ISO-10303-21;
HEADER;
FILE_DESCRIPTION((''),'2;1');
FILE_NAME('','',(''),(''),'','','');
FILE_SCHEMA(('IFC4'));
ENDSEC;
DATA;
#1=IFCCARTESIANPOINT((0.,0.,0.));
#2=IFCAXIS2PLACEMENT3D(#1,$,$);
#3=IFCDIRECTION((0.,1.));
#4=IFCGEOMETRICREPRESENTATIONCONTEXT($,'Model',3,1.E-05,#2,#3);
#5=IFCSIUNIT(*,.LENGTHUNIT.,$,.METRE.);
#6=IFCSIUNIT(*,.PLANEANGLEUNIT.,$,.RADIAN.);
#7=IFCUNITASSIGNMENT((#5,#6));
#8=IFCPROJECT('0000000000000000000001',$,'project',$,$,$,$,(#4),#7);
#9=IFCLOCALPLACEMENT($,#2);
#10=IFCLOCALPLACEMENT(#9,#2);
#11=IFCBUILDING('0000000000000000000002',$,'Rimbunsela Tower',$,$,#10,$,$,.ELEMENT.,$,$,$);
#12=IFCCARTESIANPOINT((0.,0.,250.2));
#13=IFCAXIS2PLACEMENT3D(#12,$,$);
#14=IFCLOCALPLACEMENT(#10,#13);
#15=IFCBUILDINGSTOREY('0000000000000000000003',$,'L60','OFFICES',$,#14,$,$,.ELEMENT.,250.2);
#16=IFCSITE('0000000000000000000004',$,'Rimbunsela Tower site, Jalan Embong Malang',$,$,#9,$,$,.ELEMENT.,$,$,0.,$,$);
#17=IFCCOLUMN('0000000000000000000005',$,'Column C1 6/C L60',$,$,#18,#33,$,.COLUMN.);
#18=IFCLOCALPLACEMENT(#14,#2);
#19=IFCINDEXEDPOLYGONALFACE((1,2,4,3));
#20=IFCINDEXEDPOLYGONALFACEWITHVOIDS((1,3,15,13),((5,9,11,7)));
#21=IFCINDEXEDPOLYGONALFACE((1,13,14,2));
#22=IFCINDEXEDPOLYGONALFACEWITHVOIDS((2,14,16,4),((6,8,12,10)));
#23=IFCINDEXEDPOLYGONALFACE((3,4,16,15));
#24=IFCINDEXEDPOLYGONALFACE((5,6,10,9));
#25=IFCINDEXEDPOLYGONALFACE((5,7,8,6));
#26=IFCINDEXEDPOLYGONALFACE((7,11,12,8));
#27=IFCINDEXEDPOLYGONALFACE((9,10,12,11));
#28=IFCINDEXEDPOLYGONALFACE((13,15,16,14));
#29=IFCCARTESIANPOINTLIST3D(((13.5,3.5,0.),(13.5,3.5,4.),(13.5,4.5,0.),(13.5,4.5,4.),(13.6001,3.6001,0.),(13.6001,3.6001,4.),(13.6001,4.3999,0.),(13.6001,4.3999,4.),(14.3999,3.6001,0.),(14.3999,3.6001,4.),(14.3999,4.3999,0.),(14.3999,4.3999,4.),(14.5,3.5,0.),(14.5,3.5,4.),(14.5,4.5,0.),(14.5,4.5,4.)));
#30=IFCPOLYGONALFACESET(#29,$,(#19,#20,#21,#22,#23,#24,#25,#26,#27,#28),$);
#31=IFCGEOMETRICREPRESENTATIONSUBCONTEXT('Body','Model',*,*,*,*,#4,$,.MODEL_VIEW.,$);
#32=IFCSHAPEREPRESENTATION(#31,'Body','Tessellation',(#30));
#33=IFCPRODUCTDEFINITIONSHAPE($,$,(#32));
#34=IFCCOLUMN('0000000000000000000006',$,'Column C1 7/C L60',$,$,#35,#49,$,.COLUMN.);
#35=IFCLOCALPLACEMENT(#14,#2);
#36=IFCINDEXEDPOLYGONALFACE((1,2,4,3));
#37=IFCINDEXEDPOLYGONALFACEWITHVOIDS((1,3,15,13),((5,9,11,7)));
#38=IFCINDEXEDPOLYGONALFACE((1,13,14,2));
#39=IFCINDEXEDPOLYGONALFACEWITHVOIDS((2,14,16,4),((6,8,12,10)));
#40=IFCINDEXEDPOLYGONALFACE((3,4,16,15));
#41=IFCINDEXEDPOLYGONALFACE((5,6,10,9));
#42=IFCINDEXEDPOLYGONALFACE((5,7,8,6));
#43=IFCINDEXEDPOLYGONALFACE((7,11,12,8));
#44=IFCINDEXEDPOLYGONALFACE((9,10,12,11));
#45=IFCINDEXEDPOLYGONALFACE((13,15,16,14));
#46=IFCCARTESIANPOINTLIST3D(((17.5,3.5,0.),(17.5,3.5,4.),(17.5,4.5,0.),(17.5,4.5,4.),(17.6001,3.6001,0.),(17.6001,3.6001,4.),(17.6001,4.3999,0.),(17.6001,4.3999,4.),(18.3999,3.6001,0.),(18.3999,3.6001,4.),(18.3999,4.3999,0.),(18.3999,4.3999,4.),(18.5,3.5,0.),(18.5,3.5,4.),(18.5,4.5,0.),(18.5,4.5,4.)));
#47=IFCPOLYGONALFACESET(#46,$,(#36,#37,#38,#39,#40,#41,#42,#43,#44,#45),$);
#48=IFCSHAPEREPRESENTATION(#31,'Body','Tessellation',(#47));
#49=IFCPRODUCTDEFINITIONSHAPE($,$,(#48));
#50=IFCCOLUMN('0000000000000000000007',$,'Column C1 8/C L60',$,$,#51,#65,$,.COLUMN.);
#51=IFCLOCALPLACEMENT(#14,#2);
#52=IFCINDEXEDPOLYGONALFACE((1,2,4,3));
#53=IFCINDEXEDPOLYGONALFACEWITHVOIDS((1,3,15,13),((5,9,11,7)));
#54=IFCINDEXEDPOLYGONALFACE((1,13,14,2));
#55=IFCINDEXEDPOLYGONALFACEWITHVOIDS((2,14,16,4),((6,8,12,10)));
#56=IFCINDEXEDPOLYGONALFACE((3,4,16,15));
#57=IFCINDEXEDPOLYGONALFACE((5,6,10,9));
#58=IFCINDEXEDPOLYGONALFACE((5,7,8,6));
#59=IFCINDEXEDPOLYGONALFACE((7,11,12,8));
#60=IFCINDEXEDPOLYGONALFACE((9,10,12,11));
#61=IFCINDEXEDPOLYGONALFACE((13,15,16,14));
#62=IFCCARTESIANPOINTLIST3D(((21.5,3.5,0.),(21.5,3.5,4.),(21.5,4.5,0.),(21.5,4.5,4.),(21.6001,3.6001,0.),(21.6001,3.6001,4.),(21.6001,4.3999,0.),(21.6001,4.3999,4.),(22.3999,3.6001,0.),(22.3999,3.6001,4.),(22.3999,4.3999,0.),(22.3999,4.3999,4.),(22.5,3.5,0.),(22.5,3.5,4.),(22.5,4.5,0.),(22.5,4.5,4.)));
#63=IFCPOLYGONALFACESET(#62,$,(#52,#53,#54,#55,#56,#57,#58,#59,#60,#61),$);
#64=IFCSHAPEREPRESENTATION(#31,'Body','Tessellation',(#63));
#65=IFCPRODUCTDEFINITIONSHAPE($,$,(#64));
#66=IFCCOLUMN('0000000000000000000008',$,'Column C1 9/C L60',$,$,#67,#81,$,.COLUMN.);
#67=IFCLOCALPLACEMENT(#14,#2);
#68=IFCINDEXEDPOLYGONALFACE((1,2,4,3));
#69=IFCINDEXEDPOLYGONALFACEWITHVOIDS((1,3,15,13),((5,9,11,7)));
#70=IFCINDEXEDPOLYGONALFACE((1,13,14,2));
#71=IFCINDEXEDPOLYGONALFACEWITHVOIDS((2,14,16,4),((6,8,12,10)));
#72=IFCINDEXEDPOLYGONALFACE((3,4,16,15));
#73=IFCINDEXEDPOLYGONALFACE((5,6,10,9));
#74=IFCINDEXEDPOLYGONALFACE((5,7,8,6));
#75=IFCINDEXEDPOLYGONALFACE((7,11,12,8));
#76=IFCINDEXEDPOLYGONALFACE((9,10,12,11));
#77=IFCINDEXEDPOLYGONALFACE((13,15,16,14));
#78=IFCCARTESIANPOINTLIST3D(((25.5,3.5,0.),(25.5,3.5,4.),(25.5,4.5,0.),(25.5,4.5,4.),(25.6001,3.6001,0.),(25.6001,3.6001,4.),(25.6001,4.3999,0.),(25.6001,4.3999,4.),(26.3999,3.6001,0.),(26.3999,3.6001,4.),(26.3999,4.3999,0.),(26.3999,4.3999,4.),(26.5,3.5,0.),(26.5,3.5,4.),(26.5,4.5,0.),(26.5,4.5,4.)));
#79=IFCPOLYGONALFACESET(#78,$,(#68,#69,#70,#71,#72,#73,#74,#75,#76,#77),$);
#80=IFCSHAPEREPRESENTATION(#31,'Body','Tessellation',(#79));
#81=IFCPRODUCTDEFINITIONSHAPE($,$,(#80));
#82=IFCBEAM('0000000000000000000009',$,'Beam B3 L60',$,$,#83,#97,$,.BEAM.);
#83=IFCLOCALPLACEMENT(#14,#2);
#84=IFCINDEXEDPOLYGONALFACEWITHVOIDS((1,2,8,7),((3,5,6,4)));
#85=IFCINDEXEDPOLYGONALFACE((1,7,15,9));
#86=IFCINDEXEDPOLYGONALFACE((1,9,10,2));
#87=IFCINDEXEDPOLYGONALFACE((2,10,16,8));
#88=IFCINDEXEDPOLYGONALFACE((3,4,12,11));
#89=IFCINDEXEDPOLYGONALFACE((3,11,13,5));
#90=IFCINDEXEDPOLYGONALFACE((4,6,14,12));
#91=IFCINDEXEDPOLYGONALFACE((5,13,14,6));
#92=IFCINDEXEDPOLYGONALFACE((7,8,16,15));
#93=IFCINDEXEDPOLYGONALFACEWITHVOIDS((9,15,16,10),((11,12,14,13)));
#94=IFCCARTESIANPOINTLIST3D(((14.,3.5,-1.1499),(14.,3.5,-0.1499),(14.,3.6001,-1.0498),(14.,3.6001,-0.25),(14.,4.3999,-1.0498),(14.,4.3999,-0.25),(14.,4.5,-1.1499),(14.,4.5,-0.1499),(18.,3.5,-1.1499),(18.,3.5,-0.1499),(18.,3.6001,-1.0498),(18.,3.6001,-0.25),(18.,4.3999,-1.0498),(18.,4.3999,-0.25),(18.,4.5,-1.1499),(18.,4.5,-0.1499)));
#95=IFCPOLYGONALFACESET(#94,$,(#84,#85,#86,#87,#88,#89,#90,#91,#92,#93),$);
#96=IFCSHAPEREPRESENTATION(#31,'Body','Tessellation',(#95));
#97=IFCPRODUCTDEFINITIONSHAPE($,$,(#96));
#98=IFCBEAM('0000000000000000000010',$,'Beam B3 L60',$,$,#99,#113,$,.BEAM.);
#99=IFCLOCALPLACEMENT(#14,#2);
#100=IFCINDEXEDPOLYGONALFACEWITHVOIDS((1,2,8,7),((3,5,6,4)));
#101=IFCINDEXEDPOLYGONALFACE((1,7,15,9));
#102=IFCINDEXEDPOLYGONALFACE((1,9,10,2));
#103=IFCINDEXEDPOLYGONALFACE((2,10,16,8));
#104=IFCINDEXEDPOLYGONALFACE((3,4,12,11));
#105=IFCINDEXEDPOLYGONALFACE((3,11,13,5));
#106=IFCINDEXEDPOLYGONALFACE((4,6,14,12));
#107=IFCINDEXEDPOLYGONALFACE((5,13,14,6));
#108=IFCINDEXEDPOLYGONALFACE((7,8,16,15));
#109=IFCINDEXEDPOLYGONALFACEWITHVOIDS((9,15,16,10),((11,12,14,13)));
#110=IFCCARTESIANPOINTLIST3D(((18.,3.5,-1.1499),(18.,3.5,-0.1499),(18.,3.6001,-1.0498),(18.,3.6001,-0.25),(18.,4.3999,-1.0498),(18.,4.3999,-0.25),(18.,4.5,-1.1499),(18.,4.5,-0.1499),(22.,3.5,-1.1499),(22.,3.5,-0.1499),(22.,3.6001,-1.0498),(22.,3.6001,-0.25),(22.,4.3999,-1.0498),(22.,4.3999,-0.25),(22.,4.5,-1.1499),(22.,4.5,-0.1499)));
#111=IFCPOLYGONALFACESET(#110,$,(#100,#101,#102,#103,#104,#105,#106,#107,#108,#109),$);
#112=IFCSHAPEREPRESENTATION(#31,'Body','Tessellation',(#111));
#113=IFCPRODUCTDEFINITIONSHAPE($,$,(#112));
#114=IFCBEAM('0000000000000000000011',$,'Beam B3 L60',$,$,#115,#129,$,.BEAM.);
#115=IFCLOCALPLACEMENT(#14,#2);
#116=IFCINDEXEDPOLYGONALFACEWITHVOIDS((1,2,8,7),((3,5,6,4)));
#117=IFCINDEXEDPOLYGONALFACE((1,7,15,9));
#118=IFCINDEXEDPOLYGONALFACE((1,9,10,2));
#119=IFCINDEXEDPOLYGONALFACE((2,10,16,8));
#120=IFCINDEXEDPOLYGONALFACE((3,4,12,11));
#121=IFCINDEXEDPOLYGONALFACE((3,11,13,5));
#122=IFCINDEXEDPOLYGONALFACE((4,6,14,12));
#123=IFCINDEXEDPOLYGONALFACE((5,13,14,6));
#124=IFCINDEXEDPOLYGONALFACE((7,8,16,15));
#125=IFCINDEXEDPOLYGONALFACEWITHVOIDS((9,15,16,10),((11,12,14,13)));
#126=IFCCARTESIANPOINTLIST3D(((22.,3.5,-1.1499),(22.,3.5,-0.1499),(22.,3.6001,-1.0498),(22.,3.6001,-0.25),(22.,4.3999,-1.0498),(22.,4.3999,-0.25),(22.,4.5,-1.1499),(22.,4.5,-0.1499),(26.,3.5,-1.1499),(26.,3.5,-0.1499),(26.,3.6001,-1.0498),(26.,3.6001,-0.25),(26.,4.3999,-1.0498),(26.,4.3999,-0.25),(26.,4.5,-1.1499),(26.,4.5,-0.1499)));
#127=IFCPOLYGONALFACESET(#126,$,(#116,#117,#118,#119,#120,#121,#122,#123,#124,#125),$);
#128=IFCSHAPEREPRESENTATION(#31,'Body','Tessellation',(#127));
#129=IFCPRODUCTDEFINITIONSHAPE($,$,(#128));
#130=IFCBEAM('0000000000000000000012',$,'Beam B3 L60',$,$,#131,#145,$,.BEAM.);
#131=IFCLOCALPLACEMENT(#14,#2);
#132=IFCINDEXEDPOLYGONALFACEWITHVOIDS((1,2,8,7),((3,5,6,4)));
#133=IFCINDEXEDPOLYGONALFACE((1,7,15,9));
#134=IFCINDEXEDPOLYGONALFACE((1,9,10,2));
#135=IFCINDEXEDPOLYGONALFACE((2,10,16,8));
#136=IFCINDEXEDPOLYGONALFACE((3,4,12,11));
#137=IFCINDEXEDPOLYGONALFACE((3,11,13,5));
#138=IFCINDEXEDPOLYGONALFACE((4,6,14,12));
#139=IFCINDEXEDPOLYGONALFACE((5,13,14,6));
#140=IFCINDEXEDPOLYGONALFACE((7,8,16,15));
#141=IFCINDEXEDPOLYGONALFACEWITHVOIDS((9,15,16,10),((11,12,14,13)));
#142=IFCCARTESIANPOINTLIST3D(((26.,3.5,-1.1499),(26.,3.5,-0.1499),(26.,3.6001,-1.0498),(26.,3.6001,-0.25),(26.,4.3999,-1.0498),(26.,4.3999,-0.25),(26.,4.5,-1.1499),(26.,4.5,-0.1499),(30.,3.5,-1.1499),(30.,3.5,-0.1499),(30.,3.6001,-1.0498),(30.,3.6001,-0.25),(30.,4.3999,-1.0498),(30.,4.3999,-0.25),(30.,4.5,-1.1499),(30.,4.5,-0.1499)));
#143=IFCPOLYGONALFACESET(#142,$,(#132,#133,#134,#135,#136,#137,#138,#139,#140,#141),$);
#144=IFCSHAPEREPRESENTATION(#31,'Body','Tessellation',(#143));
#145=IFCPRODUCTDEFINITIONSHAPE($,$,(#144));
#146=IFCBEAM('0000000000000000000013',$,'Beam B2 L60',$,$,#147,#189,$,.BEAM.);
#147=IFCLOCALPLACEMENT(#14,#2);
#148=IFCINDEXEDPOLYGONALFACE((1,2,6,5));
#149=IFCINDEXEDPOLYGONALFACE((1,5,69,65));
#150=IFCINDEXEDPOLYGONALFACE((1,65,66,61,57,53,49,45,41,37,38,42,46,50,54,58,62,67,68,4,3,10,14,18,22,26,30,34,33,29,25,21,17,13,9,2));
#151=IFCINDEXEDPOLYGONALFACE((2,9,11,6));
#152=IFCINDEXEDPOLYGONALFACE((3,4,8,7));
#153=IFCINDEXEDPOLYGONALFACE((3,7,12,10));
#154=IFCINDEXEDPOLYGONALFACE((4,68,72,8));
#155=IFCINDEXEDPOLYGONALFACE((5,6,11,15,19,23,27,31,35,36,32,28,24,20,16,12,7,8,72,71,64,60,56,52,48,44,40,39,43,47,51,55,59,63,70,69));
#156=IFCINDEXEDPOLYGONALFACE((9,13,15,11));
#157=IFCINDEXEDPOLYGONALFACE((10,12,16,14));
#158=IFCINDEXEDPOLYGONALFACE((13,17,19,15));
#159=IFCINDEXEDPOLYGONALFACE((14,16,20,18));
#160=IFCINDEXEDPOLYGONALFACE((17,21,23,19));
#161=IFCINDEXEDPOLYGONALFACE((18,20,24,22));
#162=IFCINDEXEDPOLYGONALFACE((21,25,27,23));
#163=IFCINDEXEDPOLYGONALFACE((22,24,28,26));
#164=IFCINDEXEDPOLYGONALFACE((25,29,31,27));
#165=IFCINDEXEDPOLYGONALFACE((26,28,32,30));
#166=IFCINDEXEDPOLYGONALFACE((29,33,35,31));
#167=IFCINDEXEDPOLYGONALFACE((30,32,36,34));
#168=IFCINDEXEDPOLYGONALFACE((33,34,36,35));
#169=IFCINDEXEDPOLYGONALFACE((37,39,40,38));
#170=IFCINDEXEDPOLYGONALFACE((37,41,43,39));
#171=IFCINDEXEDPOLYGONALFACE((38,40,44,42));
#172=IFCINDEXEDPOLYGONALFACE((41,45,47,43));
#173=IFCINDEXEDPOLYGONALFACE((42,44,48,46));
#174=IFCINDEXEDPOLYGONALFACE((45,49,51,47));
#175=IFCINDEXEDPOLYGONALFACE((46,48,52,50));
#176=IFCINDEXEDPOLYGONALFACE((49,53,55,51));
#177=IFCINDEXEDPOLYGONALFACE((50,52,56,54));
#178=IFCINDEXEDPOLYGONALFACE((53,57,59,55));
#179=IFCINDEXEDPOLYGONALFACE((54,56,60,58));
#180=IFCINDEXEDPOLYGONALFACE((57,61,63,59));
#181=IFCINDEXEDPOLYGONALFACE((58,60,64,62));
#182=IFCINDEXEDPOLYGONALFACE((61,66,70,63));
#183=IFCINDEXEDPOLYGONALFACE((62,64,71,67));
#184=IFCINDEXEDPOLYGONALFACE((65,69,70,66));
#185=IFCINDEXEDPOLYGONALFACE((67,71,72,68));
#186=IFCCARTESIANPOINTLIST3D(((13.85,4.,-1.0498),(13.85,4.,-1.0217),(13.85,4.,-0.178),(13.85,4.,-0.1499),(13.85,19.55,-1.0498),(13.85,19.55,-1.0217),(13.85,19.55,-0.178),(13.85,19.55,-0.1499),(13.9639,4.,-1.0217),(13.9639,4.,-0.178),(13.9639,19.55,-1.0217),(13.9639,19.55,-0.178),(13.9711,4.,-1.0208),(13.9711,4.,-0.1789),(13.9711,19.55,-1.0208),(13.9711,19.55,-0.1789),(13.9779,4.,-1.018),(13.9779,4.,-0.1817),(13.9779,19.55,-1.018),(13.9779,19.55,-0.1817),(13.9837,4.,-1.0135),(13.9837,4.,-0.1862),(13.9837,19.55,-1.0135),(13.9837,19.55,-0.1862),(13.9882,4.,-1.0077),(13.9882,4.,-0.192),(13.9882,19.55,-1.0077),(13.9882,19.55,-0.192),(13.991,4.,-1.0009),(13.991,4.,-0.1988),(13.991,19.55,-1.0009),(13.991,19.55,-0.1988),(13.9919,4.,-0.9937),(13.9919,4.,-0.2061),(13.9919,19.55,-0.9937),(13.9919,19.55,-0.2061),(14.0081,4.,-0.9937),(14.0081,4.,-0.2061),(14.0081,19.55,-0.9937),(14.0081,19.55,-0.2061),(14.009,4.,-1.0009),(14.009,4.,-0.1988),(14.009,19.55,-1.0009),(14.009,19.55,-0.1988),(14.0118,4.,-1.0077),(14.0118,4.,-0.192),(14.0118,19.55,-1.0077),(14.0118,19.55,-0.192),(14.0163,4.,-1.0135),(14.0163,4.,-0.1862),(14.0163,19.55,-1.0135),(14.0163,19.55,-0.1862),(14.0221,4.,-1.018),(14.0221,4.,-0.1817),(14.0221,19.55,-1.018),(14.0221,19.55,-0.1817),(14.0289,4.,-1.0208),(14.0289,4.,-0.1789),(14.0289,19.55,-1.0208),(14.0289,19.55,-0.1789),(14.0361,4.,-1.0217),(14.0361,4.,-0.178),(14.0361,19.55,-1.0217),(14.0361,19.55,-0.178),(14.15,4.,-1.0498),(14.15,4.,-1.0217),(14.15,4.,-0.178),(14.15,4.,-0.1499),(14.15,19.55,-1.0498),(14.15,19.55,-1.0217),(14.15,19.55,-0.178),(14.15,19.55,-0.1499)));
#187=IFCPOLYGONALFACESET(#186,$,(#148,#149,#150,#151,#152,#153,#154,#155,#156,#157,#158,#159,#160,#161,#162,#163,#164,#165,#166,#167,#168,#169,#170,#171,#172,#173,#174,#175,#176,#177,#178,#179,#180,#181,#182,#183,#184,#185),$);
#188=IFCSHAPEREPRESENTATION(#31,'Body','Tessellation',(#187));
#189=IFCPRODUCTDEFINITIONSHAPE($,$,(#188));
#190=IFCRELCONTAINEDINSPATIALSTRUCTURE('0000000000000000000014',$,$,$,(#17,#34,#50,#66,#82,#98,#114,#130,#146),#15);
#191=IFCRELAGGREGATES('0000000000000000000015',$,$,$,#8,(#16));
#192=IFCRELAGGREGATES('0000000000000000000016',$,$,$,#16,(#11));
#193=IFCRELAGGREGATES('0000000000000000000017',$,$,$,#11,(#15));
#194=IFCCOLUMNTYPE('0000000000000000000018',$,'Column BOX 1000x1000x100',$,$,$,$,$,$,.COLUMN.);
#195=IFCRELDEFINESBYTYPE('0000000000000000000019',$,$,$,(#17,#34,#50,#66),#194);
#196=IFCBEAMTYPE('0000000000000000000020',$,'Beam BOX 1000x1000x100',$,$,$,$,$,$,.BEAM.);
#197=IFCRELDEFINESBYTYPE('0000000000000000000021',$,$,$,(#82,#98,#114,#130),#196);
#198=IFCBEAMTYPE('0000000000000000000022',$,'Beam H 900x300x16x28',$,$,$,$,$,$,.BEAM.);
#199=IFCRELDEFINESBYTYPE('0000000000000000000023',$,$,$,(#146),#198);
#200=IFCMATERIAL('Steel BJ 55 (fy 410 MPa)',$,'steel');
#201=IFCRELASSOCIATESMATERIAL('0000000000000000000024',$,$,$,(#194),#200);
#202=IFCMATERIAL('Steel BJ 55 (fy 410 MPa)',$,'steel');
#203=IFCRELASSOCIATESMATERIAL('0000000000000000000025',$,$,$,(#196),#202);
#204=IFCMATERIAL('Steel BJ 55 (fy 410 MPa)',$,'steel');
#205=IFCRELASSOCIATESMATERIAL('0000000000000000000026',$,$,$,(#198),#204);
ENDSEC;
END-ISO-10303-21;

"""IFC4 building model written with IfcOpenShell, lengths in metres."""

from ifc_helpers import new_model, si_unit, direction, frame, origin, origin_2d, place, context, subcontext, project, spatial, hollow_rectangle, i_section, extrude, material, material_profile, profile_set, type_object, element, save


model = new_model("IFC4")

# Units and contexts
model_context = context("Model", 3, precision=1e-05, world=origin(), true_north=direction((0.0, 1.0)))
body_context = subcontext(model_context, "Body", "Model", "MODEL_VIEW")
ifc_project = project(units=[si_unit("LENGTHUNIT", "METRE"), si_unit("PLANEANGLEUNIT", "RADIAN")], contexts=[model_context])

# Site, building, storey
site_placement = place(None, origin())
site = spatial("IfcSite", under=ifc_project, at=site_placement, Name="Rimbunsela Tower site, Jalan Embong Malang", CompositionType="ELEMENT", RefElevation=0.0)
building_placement = place(site_placement, origin())
building = spatial("IfcBuilding", under=site, at=building_placement, Name="Rimbunsela Tower", CompositionType="ELEMENT")
storey_placement = place(building_placement, frame((0.0, 0.0, 250.2)))
storey = spatial("IfcBuildingStorey", under=building, at=storey_placement, Name="L60", Description="OFFICES", CompositionType="ELEMENT", Elevation=250.2)

# Columns
ifc_material_1 = material(Name="Steel BJ 55 (fy 410 MPa)", Category="steel")
ifc_material_profile_1 = material_profile(ifc_material_1, hollow_rectangle(XDim=1.0, YDim=1.0, WallThickness=0.1001, at=origin_2d()), Name="BOX 1000x1000x100")
ifc_profile_set_1 = profile_set([ifc_material_profile_1], Name="Steel BJ 55 (fy 410 MPa)")
column_type = type_object("IfcColumnType", Name="Column BOX 1000x1000x100", PredefinedType="COLUMN", material=ifc_profile_set_1)
for number, where, z_axis, x_axis, name in (
    (1, (14.0, 4.0, 0.0), (0.0, 0.0, 1.0), (1.0, 0.0, 0.0), "Column C1 6/C L60"),
    (2, (18.0, 4.0, 0.0), (0.0, 0.0, 1.0), (1.0, 0.0, 0.0), "Column C1 7/C L60"),
    (3, (22.0, 4.0, 0.0), (0.0, 0.0, 1.0), (1.0, 0.0, 0.0), "Column C1 8/C L60"),
    (4, (26.0, 4.0, 0.0), (0.0, 0.0, 1.0), (1.0, 0.0, 0.0), "Column C1 9/C L60"),
):
    element("IfcColumn", number, at=place(storey_placement, frame(where, z_axis=z_axis, x_axis=x_axis)), inside=storey, type_object=column_type, Name=name, PredefinedType="COLUMN", context=body_context, shape_type="SweptSolid", body=[
        extrude(hollow_rectangle(XDim=1.0, YDim=1.0, WallThickness=0.1001, at=origin_2d()), origin(), (0.0, 0.0, 1.0), 4.0),
    ])

# Beams
ifc_material_2 = material(Name="Steel BJ 55 (fy 410 MPa)", Category="steel")
ifc_material_profile_2 = material_profile(ifc_material_2, hollow_rectangle(XDim=1.0, YDim=1.0, WallThickness=0.1001, at=origin_2d()), Name="BOX 1000x1000x100")
ifc_profile_set_2 = profile_set([ifc_material_profile_2], Name="Steel BJ 55 (fy 410 MPa)")
beam_type_1 = type_object("IfcBeamType", Name="Beam BOX 1000x1000x100", PredefinedType="BEAM", material=ifc_profile_set_2)
for number, where, z_axis, x_axis, name in (
    (5, (14.0, 4.0, -0.6499), (1.0, 0.0, 0.0), (0.0, 1.0, 0.0), "Beam B3 L60"),
    (6, (18.0, 4.0, -0.6499), (1.0, 0.0, 0.0), (0.0, 1.0, 0.0), "Beam B3 L60"),
    (7, (22.0, 4.0, -0.6499), (1.0, 0.0, 0.0), (0.0, 1.0, 0.0), "Beam B3 L60"),
    (8, (26.0, 4.0, -0.6499), (1.0, 0.0, 0.0), (0.0, 1.0, 0.0), "Beam B3 L60"),
):
    element("IfcBeam", number, at=place(storey_placement, frame(where, z_axis=z_axis, x_axis=x_axis)), inside=storey, type_object=beam_type_1, Name=name, PredefinedType="BEAM", context=body_context, shape_type="SweptSolid", body=[
        extrude(hollow_rectangle(XDim=1.0, YDim=1.0, WallThickness=0.1001, at=origin_2d()), origin(), (0.0, 0.0, 1.0), 4.0),
    ])
ifc_material_3 = material(Name="Steel BJ 55 (fy 410 MPa)", Category="steel")
ifc_material_profile_3 = material_profile(ifc_material_3, i_section(OverallWidth=0.3, OverallDepth=0.8999, WebThickness=0.0161, FlangeThickness=0.0281, FilletRadius=0.0281, at=origin_2d()), Name="H 900x300x16x28")
ifc_profile_set_3 = profile_set([ifc_material_profile_3], Name="Steel BJ 55 (fy 410 MPa)")
beam_type_2 = type_object("IfcBeamType", Name="Beam H 900x300x16x28", PredefinedType="BEAM", material=ifc_profile_set_3)
beam_placement = place(storey_placement, frame((14.0, 4.0, -0.5999), z_axis=(0.0, 1.0, 0.0), x_axis=(-1.0, 0.0, 0.0)))
element("IfcBeam", 9, at=beam_placement, inside=storey, type_object=beam_type_2, Name="Beam B2 L60", PredefinedType="BEAM", context=body_context, shape_type="SweptSolid", body=[
    extrude(i_section(OverallWidth=0.3, OverallDepth=0.8999, WebThickness=0.0161, FlangeThickness=0.0281, FilletRadius=0.0281, at=origin_2d()), origin(), (0.0, 0.0, 1.0), 15.55),
])

save(model, "model.ifc")
